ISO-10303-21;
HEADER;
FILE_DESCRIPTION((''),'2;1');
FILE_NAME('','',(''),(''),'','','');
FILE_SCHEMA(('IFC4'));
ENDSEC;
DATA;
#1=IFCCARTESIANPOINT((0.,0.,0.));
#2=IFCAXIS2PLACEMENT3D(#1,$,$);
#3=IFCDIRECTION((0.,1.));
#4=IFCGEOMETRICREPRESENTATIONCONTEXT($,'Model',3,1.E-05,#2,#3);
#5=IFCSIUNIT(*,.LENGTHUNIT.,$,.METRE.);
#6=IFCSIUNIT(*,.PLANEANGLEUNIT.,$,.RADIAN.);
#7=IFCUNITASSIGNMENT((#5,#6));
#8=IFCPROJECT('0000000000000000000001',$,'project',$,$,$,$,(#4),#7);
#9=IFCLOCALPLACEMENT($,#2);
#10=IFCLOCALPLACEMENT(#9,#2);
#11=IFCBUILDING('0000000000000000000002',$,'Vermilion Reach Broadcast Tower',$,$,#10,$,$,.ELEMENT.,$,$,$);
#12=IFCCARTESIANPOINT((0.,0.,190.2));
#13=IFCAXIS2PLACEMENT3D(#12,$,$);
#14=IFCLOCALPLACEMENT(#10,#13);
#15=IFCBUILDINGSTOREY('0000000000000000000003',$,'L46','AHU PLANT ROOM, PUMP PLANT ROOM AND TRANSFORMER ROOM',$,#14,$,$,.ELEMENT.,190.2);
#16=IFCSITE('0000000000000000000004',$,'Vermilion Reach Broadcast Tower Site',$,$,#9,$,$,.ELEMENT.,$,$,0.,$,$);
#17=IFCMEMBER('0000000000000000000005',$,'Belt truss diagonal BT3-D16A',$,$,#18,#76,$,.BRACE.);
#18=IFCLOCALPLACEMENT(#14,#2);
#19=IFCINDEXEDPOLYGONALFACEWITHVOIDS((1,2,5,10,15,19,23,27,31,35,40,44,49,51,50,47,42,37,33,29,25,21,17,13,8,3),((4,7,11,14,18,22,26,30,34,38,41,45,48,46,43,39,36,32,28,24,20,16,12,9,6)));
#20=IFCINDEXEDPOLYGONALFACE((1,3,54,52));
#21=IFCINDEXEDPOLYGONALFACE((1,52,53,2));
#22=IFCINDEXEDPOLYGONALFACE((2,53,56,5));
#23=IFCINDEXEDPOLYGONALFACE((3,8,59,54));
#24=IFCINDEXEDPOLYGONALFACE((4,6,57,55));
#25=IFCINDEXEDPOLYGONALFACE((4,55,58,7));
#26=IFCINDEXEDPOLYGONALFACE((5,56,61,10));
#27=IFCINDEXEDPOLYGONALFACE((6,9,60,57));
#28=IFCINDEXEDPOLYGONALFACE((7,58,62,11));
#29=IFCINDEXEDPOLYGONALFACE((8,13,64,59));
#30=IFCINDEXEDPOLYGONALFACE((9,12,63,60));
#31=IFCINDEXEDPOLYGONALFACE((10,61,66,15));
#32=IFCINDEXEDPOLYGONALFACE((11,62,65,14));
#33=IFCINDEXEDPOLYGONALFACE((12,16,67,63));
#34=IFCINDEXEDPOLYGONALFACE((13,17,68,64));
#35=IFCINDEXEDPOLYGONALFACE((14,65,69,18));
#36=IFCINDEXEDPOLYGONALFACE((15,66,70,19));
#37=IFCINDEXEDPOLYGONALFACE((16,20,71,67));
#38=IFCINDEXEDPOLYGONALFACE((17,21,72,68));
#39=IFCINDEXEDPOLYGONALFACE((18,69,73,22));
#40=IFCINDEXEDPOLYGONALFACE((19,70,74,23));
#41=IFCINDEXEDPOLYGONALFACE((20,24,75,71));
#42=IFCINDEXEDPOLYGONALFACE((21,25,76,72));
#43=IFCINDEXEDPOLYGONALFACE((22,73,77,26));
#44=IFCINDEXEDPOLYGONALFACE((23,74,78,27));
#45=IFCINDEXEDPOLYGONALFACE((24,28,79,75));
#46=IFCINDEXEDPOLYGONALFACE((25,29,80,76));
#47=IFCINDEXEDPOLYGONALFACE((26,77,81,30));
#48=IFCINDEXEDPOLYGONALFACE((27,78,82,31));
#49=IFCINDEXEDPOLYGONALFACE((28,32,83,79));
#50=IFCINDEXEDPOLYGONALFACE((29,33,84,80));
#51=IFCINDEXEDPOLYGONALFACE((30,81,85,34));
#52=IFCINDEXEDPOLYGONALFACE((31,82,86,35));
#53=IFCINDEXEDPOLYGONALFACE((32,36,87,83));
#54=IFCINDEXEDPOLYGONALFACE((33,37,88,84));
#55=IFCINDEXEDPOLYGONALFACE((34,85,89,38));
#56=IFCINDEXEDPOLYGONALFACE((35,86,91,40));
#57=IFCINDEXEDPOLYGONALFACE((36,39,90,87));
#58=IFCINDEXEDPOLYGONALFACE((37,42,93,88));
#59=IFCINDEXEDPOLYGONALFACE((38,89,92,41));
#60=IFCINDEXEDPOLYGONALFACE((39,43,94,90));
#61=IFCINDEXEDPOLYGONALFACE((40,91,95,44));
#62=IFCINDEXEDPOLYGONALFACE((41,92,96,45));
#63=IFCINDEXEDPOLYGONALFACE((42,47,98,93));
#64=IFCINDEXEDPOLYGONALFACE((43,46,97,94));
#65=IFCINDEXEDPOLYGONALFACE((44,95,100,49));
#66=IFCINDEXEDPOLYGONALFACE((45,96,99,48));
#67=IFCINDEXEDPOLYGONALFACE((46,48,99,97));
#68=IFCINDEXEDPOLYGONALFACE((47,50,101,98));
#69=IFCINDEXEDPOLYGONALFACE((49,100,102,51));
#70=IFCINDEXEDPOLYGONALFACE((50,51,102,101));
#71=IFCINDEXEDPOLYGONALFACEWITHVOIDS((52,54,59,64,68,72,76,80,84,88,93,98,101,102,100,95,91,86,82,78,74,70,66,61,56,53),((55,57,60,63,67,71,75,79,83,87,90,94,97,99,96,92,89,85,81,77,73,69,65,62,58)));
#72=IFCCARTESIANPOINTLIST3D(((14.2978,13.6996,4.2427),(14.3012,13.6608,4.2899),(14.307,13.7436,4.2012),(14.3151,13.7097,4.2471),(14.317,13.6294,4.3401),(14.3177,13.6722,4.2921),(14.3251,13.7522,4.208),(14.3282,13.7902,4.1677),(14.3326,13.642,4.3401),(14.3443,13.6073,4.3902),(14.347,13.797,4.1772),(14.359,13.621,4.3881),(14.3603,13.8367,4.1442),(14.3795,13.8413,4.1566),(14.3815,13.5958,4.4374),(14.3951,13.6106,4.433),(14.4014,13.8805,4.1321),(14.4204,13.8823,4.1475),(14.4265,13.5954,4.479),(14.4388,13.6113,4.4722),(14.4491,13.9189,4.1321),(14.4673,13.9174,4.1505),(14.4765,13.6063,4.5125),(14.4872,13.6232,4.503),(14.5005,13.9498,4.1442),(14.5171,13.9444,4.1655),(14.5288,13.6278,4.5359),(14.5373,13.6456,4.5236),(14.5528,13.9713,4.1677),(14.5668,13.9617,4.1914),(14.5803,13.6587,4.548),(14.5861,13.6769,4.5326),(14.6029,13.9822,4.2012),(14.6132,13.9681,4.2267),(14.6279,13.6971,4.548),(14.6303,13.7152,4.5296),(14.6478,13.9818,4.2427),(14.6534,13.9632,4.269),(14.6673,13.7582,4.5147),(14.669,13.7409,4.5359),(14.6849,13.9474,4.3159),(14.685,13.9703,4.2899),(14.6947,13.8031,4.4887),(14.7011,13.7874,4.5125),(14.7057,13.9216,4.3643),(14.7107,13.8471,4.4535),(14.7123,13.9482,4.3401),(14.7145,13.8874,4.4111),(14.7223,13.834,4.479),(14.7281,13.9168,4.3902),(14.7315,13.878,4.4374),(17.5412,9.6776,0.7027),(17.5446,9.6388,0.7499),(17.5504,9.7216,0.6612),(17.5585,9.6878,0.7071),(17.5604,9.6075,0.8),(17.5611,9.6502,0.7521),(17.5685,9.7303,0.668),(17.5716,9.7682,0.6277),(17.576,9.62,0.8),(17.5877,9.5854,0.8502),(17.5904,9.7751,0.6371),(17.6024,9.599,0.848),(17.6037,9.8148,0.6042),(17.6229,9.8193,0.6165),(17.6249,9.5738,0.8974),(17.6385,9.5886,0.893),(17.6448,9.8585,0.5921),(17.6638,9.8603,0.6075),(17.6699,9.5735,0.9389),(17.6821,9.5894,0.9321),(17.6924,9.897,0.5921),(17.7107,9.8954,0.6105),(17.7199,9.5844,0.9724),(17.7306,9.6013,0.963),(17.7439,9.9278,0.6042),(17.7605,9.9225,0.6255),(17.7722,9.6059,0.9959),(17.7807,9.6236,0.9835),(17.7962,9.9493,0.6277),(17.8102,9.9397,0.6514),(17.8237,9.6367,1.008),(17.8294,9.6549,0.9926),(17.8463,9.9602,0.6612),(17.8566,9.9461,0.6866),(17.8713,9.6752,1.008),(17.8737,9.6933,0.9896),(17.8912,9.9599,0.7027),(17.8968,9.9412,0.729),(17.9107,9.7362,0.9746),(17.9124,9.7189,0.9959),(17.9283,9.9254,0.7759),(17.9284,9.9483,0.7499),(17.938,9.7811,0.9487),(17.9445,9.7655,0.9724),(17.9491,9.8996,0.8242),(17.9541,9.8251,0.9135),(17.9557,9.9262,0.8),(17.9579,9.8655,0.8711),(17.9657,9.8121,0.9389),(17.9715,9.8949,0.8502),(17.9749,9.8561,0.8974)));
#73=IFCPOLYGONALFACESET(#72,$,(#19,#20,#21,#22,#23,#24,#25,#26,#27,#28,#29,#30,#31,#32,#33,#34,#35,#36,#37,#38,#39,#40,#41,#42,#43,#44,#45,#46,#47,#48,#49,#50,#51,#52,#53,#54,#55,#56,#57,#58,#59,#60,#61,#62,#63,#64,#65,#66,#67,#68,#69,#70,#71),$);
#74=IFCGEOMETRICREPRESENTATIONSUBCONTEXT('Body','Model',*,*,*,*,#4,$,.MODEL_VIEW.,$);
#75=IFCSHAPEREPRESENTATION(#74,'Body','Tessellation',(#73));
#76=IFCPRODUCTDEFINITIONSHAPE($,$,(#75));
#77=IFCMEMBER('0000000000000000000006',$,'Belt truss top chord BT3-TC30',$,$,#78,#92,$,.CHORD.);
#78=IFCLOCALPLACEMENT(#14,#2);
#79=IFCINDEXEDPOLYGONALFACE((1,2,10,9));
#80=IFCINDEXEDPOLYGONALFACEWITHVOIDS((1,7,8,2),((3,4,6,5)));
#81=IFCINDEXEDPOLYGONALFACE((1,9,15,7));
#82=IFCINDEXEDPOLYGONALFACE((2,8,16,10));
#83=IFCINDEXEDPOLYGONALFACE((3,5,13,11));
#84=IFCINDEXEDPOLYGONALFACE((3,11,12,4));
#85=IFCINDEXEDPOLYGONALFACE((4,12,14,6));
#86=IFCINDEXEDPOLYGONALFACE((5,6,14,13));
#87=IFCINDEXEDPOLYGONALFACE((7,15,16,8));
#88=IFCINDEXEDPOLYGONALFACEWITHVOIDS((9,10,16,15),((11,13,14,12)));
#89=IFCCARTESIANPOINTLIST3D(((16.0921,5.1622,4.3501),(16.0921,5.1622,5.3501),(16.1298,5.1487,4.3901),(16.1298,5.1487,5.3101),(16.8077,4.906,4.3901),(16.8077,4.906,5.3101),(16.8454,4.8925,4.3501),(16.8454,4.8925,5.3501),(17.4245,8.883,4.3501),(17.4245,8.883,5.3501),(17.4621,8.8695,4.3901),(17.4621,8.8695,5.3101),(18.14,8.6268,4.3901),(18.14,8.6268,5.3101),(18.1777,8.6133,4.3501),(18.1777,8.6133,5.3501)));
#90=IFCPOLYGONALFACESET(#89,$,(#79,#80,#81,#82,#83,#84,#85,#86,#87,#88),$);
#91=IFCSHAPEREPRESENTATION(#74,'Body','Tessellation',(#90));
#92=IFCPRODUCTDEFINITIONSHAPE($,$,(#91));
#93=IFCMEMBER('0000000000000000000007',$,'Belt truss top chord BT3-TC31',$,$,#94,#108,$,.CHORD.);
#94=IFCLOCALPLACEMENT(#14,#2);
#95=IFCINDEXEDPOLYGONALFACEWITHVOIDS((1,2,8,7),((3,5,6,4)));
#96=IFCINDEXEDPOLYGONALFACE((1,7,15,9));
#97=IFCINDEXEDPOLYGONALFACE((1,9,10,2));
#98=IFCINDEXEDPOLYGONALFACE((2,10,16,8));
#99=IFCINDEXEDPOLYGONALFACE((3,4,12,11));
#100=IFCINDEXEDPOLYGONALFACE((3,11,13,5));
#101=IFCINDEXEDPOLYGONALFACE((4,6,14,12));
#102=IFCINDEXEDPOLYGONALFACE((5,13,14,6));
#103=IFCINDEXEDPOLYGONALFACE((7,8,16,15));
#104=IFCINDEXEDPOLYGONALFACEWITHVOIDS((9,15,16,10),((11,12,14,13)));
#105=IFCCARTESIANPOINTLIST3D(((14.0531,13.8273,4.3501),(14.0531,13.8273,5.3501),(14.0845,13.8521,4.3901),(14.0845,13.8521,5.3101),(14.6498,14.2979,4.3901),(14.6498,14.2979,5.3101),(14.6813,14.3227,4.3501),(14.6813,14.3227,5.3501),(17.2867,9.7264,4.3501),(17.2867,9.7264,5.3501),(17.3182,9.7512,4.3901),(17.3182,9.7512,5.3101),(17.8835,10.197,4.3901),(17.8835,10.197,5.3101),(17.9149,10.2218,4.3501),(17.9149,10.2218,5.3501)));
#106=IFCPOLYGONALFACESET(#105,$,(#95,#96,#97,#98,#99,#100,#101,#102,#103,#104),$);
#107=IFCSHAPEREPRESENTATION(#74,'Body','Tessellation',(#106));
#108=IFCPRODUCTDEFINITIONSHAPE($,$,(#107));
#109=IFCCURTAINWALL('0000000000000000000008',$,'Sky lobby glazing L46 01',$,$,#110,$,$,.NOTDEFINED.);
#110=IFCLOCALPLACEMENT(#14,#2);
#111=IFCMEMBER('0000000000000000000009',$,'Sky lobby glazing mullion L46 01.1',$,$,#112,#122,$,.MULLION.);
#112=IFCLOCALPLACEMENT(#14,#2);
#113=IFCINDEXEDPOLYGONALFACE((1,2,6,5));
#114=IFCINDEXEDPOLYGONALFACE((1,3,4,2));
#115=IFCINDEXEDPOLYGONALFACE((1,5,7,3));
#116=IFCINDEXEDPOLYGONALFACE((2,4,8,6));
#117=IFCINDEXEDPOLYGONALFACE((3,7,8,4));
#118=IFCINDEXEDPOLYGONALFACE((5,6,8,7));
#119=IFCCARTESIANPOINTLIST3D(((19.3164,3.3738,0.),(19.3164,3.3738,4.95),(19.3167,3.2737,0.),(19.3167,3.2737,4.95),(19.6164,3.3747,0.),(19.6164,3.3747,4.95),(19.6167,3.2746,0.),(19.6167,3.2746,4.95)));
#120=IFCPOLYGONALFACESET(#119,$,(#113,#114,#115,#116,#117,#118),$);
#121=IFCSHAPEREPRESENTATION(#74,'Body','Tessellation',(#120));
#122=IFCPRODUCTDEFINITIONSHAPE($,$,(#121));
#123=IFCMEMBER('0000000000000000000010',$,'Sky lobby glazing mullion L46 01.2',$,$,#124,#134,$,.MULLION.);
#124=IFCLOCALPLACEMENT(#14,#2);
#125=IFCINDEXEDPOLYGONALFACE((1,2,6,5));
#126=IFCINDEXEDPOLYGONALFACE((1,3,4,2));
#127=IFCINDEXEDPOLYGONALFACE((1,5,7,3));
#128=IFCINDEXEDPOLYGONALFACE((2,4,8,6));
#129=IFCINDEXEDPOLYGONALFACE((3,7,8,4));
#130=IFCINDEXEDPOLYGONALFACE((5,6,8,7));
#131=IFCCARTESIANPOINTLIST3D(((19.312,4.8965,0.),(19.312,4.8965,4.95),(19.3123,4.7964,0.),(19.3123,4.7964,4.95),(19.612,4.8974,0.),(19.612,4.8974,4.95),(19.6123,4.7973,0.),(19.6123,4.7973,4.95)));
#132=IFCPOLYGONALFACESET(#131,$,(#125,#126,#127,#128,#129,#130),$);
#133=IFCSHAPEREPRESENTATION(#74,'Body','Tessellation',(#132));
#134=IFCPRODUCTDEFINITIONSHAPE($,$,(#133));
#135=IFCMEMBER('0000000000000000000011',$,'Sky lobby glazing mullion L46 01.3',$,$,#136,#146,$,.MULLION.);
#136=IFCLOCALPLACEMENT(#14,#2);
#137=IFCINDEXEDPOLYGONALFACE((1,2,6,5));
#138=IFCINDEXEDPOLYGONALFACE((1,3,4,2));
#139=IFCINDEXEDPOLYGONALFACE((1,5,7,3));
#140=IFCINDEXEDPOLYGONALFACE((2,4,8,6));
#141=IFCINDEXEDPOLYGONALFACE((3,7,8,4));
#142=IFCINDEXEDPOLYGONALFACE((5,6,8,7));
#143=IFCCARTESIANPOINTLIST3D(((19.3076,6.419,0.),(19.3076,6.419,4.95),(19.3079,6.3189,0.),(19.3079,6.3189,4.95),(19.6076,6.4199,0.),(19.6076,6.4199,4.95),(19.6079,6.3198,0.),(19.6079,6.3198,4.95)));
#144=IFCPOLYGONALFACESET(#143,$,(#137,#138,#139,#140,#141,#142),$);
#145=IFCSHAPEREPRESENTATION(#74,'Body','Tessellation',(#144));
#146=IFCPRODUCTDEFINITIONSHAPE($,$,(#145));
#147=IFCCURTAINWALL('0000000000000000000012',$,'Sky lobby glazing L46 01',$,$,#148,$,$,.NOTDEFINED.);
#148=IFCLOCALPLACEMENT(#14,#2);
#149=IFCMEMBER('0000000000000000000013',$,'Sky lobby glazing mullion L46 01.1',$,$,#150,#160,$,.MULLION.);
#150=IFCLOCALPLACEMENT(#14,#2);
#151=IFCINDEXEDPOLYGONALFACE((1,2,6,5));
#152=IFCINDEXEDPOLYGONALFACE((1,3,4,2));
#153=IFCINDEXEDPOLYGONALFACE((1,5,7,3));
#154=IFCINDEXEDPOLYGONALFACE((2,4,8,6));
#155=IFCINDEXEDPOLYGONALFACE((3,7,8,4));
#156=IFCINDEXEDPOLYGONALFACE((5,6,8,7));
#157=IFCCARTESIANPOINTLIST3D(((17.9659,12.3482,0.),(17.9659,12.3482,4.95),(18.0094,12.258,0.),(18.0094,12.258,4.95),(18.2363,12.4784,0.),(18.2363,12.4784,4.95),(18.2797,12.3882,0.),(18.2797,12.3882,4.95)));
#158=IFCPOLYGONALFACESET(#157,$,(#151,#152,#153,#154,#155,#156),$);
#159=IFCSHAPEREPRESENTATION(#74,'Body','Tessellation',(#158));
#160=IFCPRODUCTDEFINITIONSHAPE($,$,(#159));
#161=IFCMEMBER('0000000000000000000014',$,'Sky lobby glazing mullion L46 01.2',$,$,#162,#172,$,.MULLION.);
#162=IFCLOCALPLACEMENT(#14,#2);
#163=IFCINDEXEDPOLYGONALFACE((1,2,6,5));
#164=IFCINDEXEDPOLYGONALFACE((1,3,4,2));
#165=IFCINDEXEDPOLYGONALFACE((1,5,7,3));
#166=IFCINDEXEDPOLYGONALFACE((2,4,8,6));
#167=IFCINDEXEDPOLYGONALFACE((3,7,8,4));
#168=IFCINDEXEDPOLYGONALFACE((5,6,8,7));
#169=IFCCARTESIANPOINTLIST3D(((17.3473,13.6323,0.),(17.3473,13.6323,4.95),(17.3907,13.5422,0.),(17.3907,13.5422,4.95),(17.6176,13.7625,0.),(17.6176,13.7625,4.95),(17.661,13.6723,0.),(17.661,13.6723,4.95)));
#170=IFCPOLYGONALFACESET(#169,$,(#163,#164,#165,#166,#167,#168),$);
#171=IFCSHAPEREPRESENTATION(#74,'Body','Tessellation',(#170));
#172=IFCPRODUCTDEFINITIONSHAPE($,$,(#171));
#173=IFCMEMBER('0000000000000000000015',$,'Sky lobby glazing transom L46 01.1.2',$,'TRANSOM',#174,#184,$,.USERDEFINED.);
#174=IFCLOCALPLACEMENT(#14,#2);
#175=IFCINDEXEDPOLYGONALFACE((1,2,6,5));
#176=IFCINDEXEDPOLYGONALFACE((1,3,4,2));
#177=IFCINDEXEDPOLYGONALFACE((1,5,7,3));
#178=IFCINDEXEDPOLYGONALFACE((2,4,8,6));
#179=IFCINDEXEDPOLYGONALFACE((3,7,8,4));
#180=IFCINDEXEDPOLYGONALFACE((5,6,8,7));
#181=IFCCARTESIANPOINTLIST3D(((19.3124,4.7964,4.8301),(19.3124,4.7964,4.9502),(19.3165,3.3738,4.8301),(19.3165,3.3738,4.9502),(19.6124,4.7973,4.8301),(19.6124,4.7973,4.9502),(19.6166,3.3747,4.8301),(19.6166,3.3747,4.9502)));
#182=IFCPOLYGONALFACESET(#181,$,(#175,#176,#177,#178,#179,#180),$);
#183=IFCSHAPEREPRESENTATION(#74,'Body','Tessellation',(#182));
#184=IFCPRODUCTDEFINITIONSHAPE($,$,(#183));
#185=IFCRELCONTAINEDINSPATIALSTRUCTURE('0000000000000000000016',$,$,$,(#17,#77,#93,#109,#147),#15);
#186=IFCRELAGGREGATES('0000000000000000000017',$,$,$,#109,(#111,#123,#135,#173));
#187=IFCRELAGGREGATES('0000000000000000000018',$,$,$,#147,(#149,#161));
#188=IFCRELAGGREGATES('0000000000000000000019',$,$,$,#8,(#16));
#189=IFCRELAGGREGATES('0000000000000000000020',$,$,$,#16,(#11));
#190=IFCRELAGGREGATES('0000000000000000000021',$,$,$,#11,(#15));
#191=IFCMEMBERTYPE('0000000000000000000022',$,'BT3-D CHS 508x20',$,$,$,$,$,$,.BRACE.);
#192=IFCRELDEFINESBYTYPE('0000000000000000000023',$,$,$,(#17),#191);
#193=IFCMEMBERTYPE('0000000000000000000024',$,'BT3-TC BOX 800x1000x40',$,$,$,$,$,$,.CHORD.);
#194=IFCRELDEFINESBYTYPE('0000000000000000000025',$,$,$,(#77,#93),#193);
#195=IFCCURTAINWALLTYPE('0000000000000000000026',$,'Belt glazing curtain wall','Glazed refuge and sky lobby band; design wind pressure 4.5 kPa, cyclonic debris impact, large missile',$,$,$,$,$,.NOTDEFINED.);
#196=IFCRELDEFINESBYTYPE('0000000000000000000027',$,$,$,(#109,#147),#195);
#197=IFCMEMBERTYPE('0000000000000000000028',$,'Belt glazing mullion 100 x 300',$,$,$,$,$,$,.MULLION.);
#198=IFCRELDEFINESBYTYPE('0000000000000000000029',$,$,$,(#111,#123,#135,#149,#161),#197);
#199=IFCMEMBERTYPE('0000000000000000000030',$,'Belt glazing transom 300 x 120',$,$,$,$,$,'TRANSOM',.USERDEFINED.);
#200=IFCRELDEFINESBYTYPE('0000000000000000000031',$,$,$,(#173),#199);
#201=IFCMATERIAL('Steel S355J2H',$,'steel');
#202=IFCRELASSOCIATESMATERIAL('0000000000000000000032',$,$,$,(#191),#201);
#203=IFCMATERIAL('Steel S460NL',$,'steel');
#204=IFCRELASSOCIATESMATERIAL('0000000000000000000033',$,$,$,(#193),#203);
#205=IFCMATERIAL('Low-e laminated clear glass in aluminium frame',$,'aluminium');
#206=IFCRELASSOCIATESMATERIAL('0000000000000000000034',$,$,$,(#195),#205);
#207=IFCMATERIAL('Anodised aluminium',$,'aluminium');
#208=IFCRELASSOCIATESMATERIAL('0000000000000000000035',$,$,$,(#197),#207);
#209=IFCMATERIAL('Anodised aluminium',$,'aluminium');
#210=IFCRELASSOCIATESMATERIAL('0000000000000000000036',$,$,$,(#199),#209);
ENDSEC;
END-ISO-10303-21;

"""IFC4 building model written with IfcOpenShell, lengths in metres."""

from ifc_helpers import new_model, si_unit, direction, frame, origin, origin_2d, place, context, subcontext, project, spatial, rectangle, hollow_rectangle, hollow_circle, extrude, material, material_profile, profile_set, type_object, element, aggregate, save


model = new_model("IFC4")

# Units and contexts
model_context = context("Model", 3, precision=1e-05, world=origin(), true_north=direction((0.0, 1.0)))
body_context = subcontext(model_context, "Body", "Model", "MODEL_VIEW")
ifc_project = project(units=[si_unit("LENGTHUNIT", "METRE"), si_unit("PLANEANGLEUNIT", "RADIAN")], contexts=[model_context])

# Site, building, storey
site_placement = place(None, origin())
site = spatial("IfcSite", under=ifc_project, at=site_placement, Name="Vermilion Reach Broadcast Tower Site", CompositionType="ELEMENT", RefElevation=0.0)
building_placement = place(site_placement, origin())
building = spatial("IfcBuilding", under=site, at=building_placement, Name="Vermilion Reach Broadcast Tower", CompositionType="ELEMENT")
storey_placement = place(building_placement, frame((0.0, 0.0, 190.2)))
storey = spatial("IfcBuildingStorey", under=building, at=storey_placement, Name="L46", Description="AHU PLANT ROOM, PUMP PLANT ROOM AND TRANSFORMER ROOM", CompositionType="ELEMENT", Elevation=190.2)

# Members
ifc_material_1 = material(Name="Steel S355J2H", Category="steel")
ifc_material_profile_1 = material_profile(ifc_material_1, hollow_circle(Radius=0.2539, WallThickness=0.02, at=origin_2d()), Name="S355J2H CHS 508x20")
ifc_profile_set_1 = profile_set([ifc_material_profile_1], Name="Steel S355J2H")
member_type_1 = type_object("IfcMemberType", Name="BT3-D CHS 508x20", PredefinedType="BRACE", material=ifc_profile_set_1)
member_1_placement = place(storey_placement, frame((17.7581, 9.7668, 0.8), z_axis=(-0.517851, 0.642158, 0.565211), x_axis=(-0.778424, -0.627739, 0.0)))
element("IfcMember", 1, at=member_1_placement, inside=storey, type_object=member_type_1, Name="Belt truss diagonal BT3-D16A", PredefinedType="BRACE", context=body_context, shape_type="SweptSolid", body=[
    extrude(hollow_circle(Radius=0.2539, WallThickness=0.02, at=origin_2d()), origin(), (0.0, 0.0, 1.0), 6.2632),
])
ifc_material_2 = material(Name="Steel S460NL", Category="steel")
ifc_material_profile_2 = material_profile(ifc_material_2, hollow_rectangle(XDim=0.8, YDim=1.0, WallThickness=0.04, at=origin_2d()), Name="S460NL BOX 800x1000x40")
ifc_profile_set_2 = profile_set([ifc_material_profile_2], Name="Steel S460NL")
member_type_2 = type_object("IfcMemberType", Name="BT3-TC BOX 800x1000x40", PredefinedType="CHORD", material=ifc_profile_set_2)
member_2_placement = place(storey_placement, frame((16.4688, 5.0273, 4.8501), z_axis=(0.337111, 0.941465, 0.0), x_axis=(-0.941465, 0.337111, 0.0)))
element("IfcMember", 2, at=member_2_placement, inside=storey, type_object=member_type_2, Name="Belt truss top chord BT3-TC30", PredefinedType="CHORD", context=body_context, shape_type="SweptSolid", body=[
    extrude(hollow_rectangle(XDim=0.8, YDim=1.0, WallThickness=0.04, at=origin_2d()), origin(), (0.0, 0.0, 1.0), 3.9521),
])
member_3_placement = place(storey_placement, frame((17.6008, 9.9741, 4.8501), z_axis=(-0.619189, 0.785242, 0.0), x_axis=(-0.785242, -0.619189, 0.0)))
element("IfcMember", 3, at=member_3_placement, inside=storey, type_object=member_type_2, Name="Belt truss top chord BT3-TC31", PredefinedType="CHORD", context=body_context, shape_type="SweptSolid", body=[
    extrude(hollow_rectangle(XDim=0.8, YDim=1.0, WallThickness=0.04, at=origin_2d()), origin(), (0.0, 0.0, 1.0), 5.2224),
])

# Curtain walls, members
ifc_material_3 = material(Name="Low-e laminated clear glass in aluminium frame", Category="aluminium")
curtain_wall_type = type_object("IfcCurtainWallType", Name="Belt glazing curtain wall", Description="Glazed refuge and sky lobby band; design wind pressure 4.5 kPa, cyclonic debris impact, large missile", PredefinedType="NOTDEFINED", material=ifc_material_3)
placement = place(storey_placement, origin())
curtain_wall_1 = element("IfcCurtainWall", 4, at=placement, inside=storey, type_object=curtain_wall_type, Name="Sky lobby glazing L46 01", PredefinedType="NOTDEFINED")
ifc_material_4 = material(Name="Anodised aluminium", Category="aluminium")
ifc_material_profile_3 = material_profile(ifc_material_4, rectangle(XDim=0.3, YDim=0.1001, at=origin_2d()), Name="Belt glazing mullion 100 x 300")
ifc_profile_set_3 = profile_set([ifc_material_profile_3], Name="Anodised aluminium")
member_type_3 = type_object("IfcMemberType", Name="Belt glazing mullion 100 x 300", PredefinedType="MULLION", material=ifc_profile_set_3)
member_4_placement = place(storey_placement, frame((19.4666, 3.3242, 0.0), z_axis=(0.0, 0.0, 1.0), x_axis=(-0.999996, -0.002886, 0.0)))
member_4 = element("IfcMember", 5, at=member_4_placement, type_object=member_type_3, Name="Sky lobby glazing mullion L46 01.1", PredefinedType="MULLION", context=body_context, shape_type="SweptSolid", body=[
    extrude(rectangle(XDim=0.3, YDim=0.1001, at=origin_2d()), origin(), (0.0, 0.0, 1.0), 4.95),
])
member_5_placement = place(storey_placement, frame((19.4622, 4.8469, 0.0), z_axis=(0.0, 0.0, 1.0), x_axis=(-0.999996, -0.002886, 0.0)))
member_5 = element("IfcMember", 6, at=member_5_placement, type_object=member_type_3, Name="Sky lobby glazing mullion L46 01.2", PredefinedType="MULLION", context=body_context, shape_type="SweptSolid", body=[
    extrude(rectangle(XDim=0.3, YDim=0.1001, at=origin_2d()), origin(), (0.0, 0.0, 1.0), 4.95),
])
member_6_placement = place(storey_placement, frame((19.4578, 6.3694, 0.0), z_axis=(0.0, 0.0, 1.0), x_axis=(-0.999996, -0.002886, 0.0)))
member_6 = element("IfcMember", 7, at=member_6_placement, type_object=member_type_3, Name="Sky lobby glazing mullion L46 01.3", PredefinedType="MULLION", context=body_context, shape_type="SweptSolid", body=[
    extrude(rectangle(XDim=0.3, YDim=0.1001, at=origin_2d()), origin(), (0.0, 0.0, 1.0), 4.95),
])
curtain_wall_2 = element("IfcCurtainWall", 8, at=placement, inside=storey, type_object=curtain_wall_type, Name="Sky lobby glazing L46 01", PredefinedType="NOTDEFINED")
member_7_placement = place(storey_placement, frame((18.1228, 12.3682, 0.0), z_axis=(0.0, 0.0, 1.0), x_axis=(-0.90096, -0.433902, 0.0)))
member_7 = element("IfcMember", 9, at=member_7_placement, type_object=member_type_3, Name="Sky lobby glazing mullion L46 01.1", PredefinedType="MULLION", context=body_context, shape_type="SweptSolid", body=[
    extrude(rectangle(XDim=0.3, YDim=0.1001, at=origin_2d()), origin(), (0.0, 0.0, 1.0), 4.95),
])
member_8_placement = place(storey_placement, frame((17.5042, 13.6523, 0.0), z_axis=(0.0, 0.0, 1.0), x_axis=(-0.90096, -0.433902, 0.0)))
member_8 = element("IfcMember", 10, at=member_8_placement, type_object=member_type_3, Name="Sky lobby glazing mullion L46 01.2", PredefinedType="MULLION", context=body_context, shape_type="SweptSolid", body=[
    extrude(rectangle(XDim=0.3, YDim=0.1001, at=origin_2d()), origin(), (0.0, 0.0, 1.0), 4.95),
])

# Member
ifc_material_5 = material(Name="Anodised aluminium", Category="aluminium")
ifc_material_profile_4 = material_profile(ifc_material_5, rectangle(XDim=0.3, YDim=0.1201, at=origin_2d()), Name="Belt glazing transom 300 x 120")
ifc_profile_set_4 = profile_set([ifc_material_profile_4], Name="Anodised aluminium")
member_type_4 = type_object("IfcMemberType", Name="Belt glazing transom 300 x 120", ElementType="TRANSOM", PredefinedType="USERDEFINED", material=ifc_profile_set_4)
member_9_placement = place(storey_placement, frame((19.4666, 3.3743, 4.8901), z_axis=(-0.002917, 0.999996, 0.0), x_axis=(-0.999996, -0.002917, 0.0)))
member_9 = element("IfcMember", 11, at=member_9_placement, type_object=member_type_4, Name="Sky lobby glazing transom L46 01.1.2", ObjectType="TRANSOM", PredefinedType="USERDEFINED", context=body_context, shape_type="SweptSolid", body=[
    extrude(rectangle(XDim=0.3, YDim=0.1201, at=origin_2d()), origin(), (0.0, 0.0, 1.0), 1.4226),
])

aggregate(curtain_wall_1, [member_4, member_5, member_6, member_9])
aggregate(curtain_wall_2, [member_7, member_8])

save(model, "model.ifc")
